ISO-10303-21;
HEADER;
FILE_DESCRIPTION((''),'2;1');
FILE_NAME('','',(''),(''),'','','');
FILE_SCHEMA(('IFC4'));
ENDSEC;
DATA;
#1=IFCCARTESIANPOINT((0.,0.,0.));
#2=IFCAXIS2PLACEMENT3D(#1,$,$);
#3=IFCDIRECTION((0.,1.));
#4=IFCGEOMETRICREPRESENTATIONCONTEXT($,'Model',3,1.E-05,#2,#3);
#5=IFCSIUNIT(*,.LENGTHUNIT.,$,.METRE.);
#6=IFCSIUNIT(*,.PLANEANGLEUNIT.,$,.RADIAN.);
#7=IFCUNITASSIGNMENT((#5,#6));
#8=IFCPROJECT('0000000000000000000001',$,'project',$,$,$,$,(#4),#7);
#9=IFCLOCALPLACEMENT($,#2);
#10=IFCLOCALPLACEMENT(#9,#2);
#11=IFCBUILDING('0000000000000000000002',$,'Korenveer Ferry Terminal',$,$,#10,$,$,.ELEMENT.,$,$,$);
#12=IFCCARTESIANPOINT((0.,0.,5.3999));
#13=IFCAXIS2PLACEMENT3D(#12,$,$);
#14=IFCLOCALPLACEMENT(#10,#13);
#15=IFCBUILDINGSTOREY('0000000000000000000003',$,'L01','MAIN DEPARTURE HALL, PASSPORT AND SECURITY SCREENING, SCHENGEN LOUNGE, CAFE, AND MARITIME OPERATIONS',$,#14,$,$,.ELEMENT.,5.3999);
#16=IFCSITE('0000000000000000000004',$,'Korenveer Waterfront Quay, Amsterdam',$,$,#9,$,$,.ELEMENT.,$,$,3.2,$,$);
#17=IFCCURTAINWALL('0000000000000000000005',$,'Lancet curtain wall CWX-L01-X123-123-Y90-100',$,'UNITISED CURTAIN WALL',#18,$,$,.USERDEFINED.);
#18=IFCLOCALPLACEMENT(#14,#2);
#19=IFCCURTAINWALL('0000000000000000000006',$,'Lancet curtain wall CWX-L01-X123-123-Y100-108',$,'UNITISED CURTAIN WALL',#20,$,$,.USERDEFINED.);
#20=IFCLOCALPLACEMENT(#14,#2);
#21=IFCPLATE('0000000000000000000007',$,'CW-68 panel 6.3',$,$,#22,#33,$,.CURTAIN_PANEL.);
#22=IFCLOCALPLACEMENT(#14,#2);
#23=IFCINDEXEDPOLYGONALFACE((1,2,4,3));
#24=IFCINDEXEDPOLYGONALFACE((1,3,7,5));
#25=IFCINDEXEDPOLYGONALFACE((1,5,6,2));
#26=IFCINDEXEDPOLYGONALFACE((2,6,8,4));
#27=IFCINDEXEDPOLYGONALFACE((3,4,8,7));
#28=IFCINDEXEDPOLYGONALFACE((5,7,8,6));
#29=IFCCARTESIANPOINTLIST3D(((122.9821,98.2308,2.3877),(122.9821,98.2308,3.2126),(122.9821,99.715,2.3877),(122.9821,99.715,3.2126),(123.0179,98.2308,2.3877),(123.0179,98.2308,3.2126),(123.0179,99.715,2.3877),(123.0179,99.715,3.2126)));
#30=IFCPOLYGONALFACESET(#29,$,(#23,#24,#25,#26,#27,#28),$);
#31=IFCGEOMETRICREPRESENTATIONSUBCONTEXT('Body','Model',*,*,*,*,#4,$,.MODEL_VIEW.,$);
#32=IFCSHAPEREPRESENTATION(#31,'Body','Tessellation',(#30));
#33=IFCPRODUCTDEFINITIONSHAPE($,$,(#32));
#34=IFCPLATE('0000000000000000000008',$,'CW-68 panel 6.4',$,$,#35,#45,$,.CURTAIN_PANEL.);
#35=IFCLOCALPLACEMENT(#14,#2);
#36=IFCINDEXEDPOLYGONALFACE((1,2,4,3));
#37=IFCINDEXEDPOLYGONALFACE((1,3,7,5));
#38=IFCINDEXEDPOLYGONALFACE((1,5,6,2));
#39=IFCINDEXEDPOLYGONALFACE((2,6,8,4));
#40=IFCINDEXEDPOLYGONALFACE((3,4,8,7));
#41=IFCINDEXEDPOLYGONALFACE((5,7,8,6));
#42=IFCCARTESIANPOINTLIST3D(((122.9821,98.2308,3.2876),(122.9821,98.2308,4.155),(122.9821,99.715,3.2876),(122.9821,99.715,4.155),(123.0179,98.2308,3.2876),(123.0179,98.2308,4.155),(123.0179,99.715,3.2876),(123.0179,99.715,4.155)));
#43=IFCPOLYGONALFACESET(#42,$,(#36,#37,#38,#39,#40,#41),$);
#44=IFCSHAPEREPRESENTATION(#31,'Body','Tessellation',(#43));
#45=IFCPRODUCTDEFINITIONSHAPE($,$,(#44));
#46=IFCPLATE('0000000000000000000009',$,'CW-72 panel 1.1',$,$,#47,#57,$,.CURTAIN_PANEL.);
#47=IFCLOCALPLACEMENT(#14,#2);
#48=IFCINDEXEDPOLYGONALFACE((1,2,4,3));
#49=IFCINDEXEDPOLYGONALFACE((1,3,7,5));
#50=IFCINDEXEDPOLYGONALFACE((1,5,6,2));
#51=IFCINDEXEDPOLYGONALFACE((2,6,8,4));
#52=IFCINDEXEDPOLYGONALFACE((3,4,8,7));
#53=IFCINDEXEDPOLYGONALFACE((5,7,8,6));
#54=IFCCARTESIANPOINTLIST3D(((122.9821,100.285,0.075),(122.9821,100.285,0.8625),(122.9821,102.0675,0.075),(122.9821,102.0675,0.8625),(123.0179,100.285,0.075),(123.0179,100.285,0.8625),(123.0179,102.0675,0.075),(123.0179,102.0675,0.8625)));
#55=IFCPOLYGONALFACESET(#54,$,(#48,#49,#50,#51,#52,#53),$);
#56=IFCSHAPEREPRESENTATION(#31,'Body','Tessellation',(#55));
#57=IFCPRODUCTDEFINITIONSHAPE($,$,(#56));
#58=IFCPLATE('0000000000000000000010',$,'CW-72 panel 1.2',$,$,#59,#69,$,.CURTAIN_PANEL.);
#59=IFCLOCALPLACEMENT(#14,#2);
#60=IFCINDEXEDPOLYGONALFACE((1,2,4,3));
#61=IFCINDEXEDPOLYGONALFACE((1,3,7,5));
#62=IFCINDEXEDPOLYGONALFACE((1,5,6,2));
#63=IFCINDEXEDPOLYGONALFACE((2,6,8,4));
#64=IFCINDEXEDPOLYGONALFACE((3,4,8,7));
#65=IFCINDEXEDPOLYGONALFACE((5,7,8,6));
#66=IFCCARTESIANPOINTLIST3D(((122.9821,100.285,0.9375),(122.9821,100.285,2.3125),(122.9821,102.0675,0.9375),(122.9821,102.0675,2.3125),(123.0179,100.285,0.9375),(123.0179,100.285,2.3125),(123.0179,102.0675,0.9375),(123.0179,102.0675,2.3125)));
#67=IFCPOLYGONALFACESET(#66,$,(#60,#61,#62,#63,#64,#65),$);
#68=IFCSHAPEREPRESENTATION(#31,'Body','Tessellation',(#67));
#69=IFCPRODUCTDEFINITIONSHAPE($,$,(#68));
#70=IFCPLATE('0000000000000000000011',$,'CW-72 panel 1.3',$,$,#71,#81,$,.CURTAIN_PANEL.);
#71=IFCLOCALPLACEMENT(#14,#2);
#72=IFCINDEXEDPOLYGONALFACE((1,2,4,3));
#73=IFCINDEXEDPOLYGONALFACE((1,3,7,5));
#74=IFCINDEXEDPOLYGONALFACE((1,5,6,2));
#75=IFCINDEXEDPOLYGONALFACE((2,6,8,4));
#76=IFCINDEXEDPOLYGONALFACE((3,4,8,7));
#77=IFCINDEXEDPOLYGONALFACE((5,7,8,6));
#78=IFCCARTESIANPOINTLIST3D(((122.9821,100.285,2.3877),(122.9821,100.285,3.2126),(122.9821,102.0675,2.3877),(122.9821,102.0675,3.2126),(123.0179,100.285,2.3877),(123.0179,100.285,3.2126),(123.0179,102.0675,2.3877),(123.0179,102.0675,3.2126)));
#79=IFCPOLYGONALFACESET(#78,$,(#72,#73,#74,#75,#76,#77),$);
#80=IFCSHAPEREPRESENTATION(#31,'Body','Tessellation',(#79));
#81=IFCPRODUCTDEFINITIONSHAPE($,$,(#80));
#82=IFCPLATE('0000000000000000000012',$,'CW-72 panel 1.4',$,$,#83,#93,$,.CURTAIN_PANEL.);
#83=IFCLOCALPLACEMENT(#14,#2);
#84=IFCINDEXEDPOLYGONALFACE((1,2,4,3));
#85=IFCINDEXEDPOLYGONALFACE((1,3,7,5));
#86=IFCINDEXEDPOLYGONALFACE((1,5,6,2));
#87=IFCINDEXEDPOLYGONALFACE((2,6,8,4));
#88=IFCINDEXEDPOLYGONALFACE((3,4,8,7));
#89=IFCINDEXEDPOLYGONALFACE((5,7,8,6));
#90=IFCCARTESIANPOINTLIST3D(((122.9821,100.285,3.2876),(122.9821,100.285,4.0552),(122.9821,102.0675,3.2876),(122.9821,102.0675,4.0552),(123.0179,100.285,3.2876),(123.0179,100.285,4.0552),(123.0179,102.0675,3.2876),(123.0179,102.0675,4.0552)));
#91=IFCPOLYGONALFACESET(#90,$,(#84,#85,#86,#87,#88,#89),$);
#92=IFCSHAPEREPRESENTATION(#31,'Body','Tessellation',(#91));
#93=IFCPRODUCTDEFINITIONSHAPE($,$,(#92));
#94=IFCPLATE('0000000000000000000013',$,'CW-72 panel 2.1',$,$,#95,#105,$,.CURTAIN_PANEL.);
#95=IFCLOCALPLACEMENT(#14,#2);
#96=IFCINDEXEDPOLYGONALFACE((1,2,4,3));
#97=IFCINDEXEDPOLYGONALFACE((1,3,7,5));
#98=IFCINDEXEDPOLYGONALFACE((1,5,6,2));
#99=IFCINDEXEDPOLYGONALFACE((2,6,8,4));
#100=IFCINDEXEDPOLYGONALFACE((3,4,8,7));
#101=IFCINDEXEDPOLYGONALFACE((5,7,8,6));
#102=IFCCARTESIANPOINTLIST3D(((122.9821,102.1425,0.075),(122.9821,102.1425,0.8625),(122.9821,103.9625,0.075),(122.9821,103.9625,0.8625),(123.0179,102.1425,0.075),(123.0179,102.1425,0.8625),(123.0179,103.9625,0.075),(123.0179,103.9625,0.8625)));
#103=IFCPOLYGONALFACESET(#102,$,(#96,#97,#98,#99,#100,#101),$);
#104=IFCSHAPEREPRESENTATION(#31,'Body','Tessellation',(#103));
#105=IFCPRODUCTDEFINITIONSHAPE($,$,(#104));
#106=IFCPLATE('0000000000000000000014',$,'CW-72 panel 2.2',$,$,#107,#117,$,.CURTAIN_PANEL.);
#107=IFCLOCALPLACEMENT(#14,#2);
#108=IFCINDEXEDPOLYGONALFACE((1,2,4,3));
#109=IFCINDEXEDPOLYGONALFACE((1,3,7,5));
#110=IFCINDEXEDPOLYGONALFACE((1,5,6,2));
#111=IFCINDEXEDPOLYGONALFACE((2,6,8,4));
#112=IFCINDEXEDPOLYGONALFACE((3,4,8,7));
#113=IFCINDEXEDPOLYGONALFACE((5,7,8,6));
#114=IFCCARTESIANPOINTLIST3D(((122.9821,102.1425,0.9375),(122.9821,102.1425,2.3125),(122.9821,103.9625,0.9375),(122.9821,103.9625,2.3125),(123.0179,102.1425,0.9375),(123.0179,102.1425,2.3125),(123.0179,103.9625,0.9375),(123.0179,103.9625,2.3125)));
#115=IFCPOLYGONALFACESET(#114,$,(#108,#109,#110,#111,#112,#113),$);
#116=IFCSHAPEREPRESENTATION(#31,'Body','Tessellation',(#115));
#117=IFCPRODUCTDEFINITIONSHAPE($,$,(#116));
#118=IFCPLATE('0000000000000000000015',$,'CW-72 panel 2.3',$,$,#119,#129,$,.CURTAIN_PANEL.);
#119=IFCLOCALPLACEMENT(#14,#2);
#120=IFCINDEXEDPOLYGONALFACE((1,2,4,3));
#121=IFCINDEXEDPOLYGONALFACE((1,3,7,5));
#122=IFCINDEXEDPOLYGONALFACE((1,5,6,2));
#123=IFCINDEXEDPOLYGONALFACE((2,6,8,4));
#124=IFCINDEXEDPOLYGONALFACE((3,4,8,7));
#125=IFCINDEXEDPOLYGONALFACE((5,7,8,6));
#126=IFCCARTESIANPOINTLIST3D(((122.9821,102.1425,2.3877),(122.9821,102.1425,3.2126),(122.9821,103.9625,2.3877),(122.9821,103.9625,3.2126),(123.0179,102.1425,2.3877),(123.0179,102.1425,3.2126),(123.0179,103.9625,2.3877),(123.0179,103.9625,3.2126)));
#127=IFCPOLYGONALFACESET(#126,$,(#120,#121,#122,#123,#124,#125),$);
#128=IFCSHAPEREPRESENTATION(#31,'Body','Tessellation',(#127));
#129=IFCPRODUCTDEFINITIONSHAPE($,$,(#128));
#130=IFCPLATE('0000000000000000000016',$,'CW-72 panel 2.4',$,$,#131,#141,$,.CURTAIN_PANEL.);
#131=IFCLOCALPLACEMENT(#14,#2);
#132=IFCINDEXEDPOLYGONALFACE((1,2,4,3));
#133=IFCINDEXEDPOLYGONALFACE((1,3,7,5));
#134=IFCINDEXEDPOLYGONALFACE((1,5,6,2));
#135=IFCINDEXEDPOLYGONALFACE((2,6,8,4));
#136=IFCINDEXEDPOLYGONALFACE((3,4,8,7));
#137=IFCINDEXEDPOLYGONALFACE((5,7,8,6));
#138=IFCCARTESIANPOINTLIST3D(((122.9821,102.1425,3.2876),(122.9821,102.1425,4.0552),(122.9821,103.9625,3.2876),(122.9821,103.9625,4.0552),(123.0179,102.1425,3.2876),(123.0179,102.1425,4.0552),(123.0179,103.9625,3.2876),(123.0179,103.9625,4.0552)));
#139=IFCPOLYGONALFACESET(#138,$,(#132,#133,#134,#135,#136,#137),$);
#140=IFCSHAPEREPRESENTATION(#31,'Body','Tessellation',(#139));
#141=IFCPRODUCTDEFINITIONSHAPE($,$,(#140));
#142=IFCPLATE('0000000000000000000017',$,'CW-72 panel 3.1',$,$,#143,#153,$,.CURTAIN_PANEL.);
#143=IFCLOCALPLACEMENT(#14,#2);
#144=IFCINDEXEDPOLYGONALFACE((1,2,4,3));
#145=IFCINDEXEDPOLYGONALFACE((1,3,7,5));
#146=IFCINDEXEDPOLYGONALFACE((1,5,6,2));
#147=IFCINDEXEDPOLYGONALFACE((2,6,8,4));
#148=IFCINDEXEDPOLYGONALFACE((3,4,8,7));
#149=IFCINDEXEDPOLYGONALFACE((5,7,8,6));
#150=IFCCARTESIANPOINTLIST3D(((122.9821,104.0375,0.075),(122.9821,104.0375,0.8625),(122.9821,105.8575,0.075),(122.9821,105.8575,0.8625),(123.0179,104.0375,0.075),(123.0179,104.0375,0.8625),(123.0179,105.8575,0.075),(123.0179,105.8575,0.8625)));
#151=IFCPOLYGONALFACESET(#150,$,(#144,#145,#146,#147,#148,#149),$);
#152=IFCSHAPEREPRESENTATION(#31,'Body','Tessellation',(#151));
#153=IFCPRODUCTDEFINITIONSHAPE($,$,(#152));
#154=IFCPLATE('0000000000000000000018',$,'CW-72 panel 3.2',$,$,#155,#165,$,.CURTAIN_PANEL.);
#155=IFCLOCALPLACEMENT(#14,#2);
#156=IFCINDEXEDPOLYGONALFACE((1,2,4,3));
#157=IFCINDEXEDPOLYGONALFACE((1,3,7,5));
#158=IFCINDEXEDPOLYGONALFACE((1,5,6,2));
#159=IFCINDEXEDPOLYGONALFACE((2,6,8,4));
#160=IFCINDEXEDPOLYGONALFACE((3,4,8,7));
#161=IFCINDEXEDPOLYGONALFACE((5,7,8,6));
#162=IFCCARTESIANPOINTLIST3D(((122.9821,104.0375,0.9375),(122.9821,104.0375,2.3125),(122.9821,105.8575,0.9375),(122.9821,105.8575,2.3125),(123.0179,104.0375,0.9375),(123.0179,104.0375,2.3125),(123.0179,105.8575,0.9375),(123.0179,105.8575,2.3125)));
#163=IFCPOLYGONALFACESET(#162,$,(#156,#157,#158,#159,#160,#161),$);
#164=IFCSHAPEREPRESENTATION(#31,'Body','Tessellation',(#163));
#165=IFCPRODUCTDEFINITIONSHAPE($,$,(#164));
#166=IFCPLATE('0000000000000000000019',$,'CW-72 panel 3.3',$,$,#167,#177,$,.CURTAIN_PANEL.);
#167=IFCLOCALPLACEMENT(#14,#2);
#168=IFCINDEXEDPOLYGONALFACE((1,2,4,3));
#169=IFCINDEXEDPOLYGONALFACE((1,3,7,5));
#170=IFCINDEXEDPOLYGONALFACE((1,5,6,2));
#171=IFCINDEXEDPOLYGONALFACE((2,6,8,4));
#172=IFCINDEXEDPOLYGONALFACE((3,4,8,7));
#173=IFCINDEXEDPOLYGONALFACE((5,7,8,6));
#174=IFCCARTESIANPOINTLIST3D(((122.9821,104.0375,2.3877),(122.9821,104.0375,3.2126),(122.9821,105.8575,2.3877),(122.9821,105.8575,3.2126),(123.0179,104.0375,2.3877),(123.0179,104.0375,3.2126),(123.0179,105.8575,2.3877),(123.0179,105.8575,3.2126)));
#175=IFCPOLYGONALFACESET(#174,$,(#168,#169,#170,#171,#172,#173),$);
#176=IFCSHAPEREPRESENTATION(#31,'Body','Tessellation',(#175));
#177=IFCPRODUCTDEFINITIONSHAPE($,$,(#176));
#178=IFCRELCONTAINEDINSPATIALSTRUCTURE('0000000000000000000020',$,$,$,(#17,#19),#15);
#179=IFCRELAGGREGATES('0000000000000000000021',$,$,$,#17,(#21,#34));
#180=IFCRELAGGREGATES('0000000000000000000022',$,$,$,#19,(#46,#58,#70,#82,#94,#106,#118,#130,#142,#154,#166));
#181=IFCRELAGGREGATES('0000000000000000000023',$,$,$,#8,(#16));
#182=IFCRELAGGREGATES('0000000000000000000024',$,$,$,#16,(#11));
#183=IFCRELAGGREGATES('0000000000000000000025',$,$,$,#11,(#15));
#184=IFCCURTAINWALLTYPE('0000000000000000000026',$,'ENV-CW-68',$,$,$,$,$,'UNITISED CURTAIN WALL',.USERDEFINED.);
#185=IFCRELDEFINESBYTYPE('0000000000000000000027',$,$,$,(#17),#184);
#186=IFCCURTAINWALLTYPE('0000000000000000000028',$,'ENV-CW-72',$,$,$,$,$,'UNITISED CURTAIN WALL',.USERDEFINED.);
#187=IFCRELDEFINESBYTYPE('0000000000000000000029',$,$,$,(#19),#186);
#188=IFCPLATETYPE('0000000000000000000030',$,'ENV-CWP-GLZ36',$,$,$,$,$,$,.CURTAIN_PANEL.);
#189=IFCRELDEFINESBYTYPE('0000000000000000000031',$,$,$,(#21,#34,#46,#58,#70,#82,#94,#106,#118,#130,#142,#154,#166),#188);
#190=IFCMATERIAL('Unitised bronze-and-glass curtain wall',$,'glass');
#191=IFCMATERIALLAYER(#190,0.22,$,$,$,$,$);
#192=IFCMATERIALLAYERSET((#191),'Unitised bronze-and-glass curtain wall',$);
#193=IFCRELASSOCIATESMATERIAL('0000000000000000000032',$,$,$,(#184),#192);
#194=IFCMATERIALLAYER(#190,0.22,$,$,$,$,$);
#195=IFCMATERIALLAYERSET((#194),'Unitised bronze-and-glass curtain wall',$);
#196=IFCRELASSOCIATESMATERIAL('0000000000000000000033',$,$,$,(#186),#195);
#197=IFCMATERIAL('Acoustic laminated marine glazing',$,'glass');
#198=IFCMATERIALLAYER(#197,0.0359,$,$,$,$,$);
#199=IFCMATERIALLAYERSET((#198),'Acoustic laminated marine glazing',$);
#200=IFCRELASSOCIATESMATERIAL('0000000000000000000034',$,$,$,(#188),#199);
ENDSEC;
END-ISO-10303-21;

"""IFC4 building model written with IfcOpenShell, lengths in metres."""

from ifc_helpers import new_model, si_unit, direction, frame, origin, origin_2d, place, context, subcontext, project, spatial, rectangle, extrude, material, layer, layer_set, type_object, element, aggregate, save


model = new_model("IFC4")

# Units and contexts
model_context = context("Model", 3, precision=1e-05, world=origin(), true_north=direction((0.0, 1.0)))
body_context = subcontext(model_context, "Body", "Model", "MODEL_VIEW")
ifc_project = project(units=[si_unit("LENGTHUNIT", "METRE"), si_unit("PLANEANGLEUNIT", "RADIAN")], contexts=[model_context])

# Site, building, storey
site_placement = place(None, origin())
site = spatial("IfcSite", under=ifc_project, at=site_placement, Name="Korenveer Waterfront Quay, Amsterdam", CompositionType="ELEMENT", RefElevation=3.2)
building_placement = place(site_placement, origin())
building = spatial("IfcBuilding", under=site, at=building_placement, Name="Korenveer Ferry Terminal", CompositionType="ELEMENT")
storey_placement = place(building_placement, frame((0.0, 0.0, 5.3999)))
storey = spatial("IfcBuildingStorey", under=building, at=storey_placement, Name="L01", Description="MAIN DEPARTURE HALL, PASSPORT AND SECURITY SCREENING, SCHENGEN LOUNGE, CAFE, AND MARITIME OPERATIONS", CompositionType="ELEMENT", Elevation=5.3999)

# Curtain wall
ifc_material_1 = material(Name="Unitised bronze-and-glass curtain wall", Category="glass")
ifc_layer_1 = layer(ifc_material_1, 0.22)
ifc_layer_set_1 = layer_set([ifc_layer_1], Name="Unitised bronze-and-glass curtain wall")
curtain_wall_type_1 = type_object("IfcCurtainWallType", Name="ENV-CW-68", ElementType="UNITISED CURTAIN WALL", PredefinedType="USERDEFINED", material=ifc_layer_set_1)
curtain_wall_1_placement = place(storey_placement, frame((123.0, 90.21, 0.0)))
curtain_wall_1 = element("IfcCurtainWall", 1, at=curtain_wall_1_placement, inside=storey, type_object=curtain_wall_type_1, Name="Lancet curtain wall CWX-L01-X123-123-Y90-100", ObjectType="UNITISED CURTAIN WALL", PredefinedType="USERDEFINED")

# Curtain wall
ifc_layer_2 = layer(ifc_material_1, 0.22)
ifc_layer_set_2 = layer_set([ifc_layer_2], Name="Unitised bronze-and-glass curtain wall")
curtain_wall_type_2 = type_object("IfcCurtainWallType", Name="ENV-CW-72", ElementType="UNITISED CURTAIN WALL", PredefinedType="USERDEFINED", material=ifc_layer_set_2)
curtain_wall_2_placement = place(storey_placement, frame((123.0, 100.21, 0.0)))
curtain_wall_2 = element("IfcCurtainWall", 2, at=curtain_wall_2_placement, inside=storey, type_object=curtain_wall_type_2, Name="Lancet curtain wall CWX-L01-X123-123-Y100-108", ObjectType="UNITISED CURTAIN WALL", PredefinedType="USERDEFINED")

# Plates
ifc_material_2 = material(Name="Acoustic laminated marine glazing", Category="glass")
ifc_layer_3 = layer(ifc_material_2, 0.0359)
ifc_layer_set_3 = layer_set([ifc_layer_3], Name="Acoustic laminated marine glazing")
plate_type = type_object("IfcPlateType", Name="ENV-CWP-GLZ36", PredefinedType="CURTAIN_PANEL", material=ifc_layer_set_3)
plate_1_placement = place(storey_placement, frame((123.0, 98.9729, 2.3877), z_axis=(0.0, 0.0, 1.0), x_axis=(0.0, 1.0, 0.0)))
plate_1 = element("IfcPlate", 3, at=plate_1_placement, type_object=plate_type, Name="CW-68 panel 6.3", PredefinedType="CURTAIN_PANEL", context=body_context, shape_type="SweptSolid", body=[
    extrude(rectangle(XDim=1.4841, YDim=0.0359, at=origin_2d()), origin(), (0.0, 0.0, 1.0), 0.825),
])
plate_2_placement = place(storey_placement, frame((123.0, 98.9729, 3.2876), z_axis=(0.0, 0.0, 1.0), x_axis=(0.0, 1.0, 0.0)))
plate_2 = element("IfcPlate", 4, at=plate_2_placement, type_object=plate_type, Name="CW-68 panel 6.4", PredefinedType="CURTAIN_PANEL", context=body_context, shape_type="SweptSolid", body=[
    extrude(rectangle(XDim=1.4841, YDim=0.0359, at=origin_2d()), origin(), (0.0, 0.0, 1.0), 0.8674),
])
aggregate(curtain_wall_1, [plate_1, plate_2])
plate_3_placement = place(storey_placement, frame((123.0, 101.1763, 0.075), z_axis=(0.0, 0.0, 1.0), x_axis=(0.0, 1.0, 0.0)))
plate_3 = element("IfcPlate", 5, at=plate_3_placement, type_object=plate_type, Name="CW-72 panel 1.1", PredefinedType="CURTAIN_PANEL", context=body_context, shape_type="SweptSolid", body=[
    extrude(rectangle(XDim=1.7825, YDim=0.0359, at=origin_2d()), origin(), (0.0, 0.0, 1.0), 0.7876),
])
plate_4_placement = place(storey_placement, frame((123.0, 101.1763, 0.9375), z_axis=(0.0, 0.0, 1.0), x_axis=(0.0, 1.0, 0.0)))
plate_4 = element("IfcPlate", 6, at=plate_4_placement, type_object=plate_type, Name="CW-72 panel 1.2", PredefinedType="CURTAIN_PANEL", context=body_context, shape_type="SweptSolid", body=[
    extrude(rectangle(XDim=1.7825, YDim=0.0359, at=origin_2d()), origin(), (0.0, 0.0, 1.0), 1.375),
])
plate_5_placement = place(storey_placement, frame((123.0, 101.1763, 2.3877), z_axis=(0.0, 0.0, 1.0), x_axis=(0.0, 1.0, 0.0)))
plate_5 = element("IfcPlate", 7, at=plate_5_placement, type_object=plate_type, Name="CW-72 panel 1.3", PredefinedType="CURTAIN_PANEL", context=body_context, shape_type="SweptSolid", body=[
    extrude(rectangle(XDim=1.7825, YDim=0.0359, at=origin_2d()), origin(), (0.0, 0.0, 1.0), 0.825),
])
plate_6_placement = place(storey_placement, frame((123.0, 101.1763, 3.2876), z_axis=(0.0, 0.0, 1.0), x_axis=(0.0, 1.0, 0.0)))
plate_6 = element("IfcPlate", 8, at=plate_6_placement, type_object=plate_type, Name="CW-72 panel 1.4", PredefinedType="CURTAIN_PANEL", context=body_context, shape_type="SweptSolid", body=[
    extrude(rectangle(XDim=1.7825, YDim=0.0359, at=origin_2d()), origin(), (0.0, 0.0, 1.0), 0.7676),
])
plate_7_placement = place(storey_placement, frame((123.0, 103.0525, 0.075), z_axis=(0.0, 0.0, 1.0), x_axis=(0.0, 1.0, 0.0)))
plate_7 = element("IfcPlate", 9, at=plate_7_placement, type_object=plate_type, Name="CW-72 panel 2.1", PredefinedType="CURTAIN_PANEL", context=body_context, shape_type="SweptSolid", body=[
    extrude(rectangle(XDim=1.8201, YDim=0.0359, at=origin_2d()), origin(), (0.0, 0.0, 1.0), 0.7876),
])
plate_8_placement = place(storey_placement, frame((123.0, 103.0525, 0.9375), z_axis=(0.0, 0.0, 1.0), x_axis=(0.0, 1.0, 0.0)))
plate_8 = element("IfcPlate", 10, at=plate_8_placement, type_object=plate_type, Name="CW-72 panel 2.2", PredefinedType="CURTAIN_PANEL", context=body_context, shape_type="SweptSolid", body=[
    extrude(rectangle(XDim=1.8201, YDim=0.0359, at=origin_2d()), origin(), (0.0, 0.0, 1.0), 1.375),
])
plate_9_placement = place(storey_placement, frame((123.0, 103.0525, 2.3877), z_axis=(0.0, 0.0, 1.0), x_axis=(0.0, 1.0, 0.0)))
plate_9 = element("IfcPlate", 11, at=plate_9_placement, type_object=plate_type, Name="CW-72 panel 2.3", PredefinedType="CURTAIN_PANEL", context=body_context, shape_type="SweptSolid", body=[
    extrude(rectangle(XDim=1.8201, YDim=0.0359, at=origin_2d()), origin(), (0.0, 0.0, 1.0), 0.825),
])
plate_10_placement = place(storey_placement, frame((123.0, 103.0525, 3.2876), z_axis=(0.0, 0.0, 1.0), x_axis=(0.0, 1.0, 0.0)))
plate_10 = element("IfcPlate", 12, at=plate_10_placement, type_object=plate_type, Name="CW-72 panel 2.4", PredefinedType="CURTAIN_PANEL", context=body_context, shape_type="SweptSolid", body=[
    extrude(rectangle(XDim=1.8201, YDim=0.0359, at=origin_2d()), origin(), (0.0, 0.0, 1.0), 0.7676),
])
plate_11_placement = place(storey_placement, frame((123.0, 104.9475, 0.075), z_axis=(0.0, 0.0, 1.0), x_axis=(0.0, 1.0, 0.0)))
plate_11 = element("IfcPlate", 13, at=plate_11_placement, type_object=plate_type, Name="CW-72 panel 3.1", PredefinedType="CURTAIN_PANEL", context=body_context, shape_type="SweptSolid", body=[
    extrude(rectangle(XDim=1.8201, YDim=0.0359, at=origin_2d()), origin(), (0.0, 0.0, 1.0), 0.7876),
])
plate_12_placement = place(storey_placement, frame((123.0, 104.9475, 0.9375), z_axis=(0.0, 0.0, 1.0), x_axis=(0.0, 1.0, 0.0)))
plate_12 = element("IfcPlate", 14, at=plate_12_placement, type_object=plate_type, Name="CW-72 panel 3.2", PredefinedType="CURTAIN_PANEL", context=body_context, shape_type="SweptSolid", body=[
    extrude(rectangle(XDim=1.8201, YDim=0.0359, at=origin_2d()), origin(), (0.0, 0.0, 1.0), 1.375),
])
plate_13_placement = place(storey_placement, frame((123.0, 104.9475, 2.3877), z_axis=(0.0, 0.0, 1.0), x_axis=(0.0, 1.0, 0.0)))
plate_13 = element("IfcPlate", 15, at=plate_13_placement, type_object=plate_type, Name="CW-72 panel 3.3", PredefinedType="CURTAIN_PANEL", context=body_context, shape_type="SweptSolid", body=[
    extrude(rectangle(XDim=1.8201, YDim=0.0359, at=origin_2d()), origin(), (0.0, 0.0, 1.0), 0.825),
])
aggregate(curtain_wall_2, [plate_3, plate_4, plate_5, plate_6, plate_7, plate_8, plate_9, plate_10, plate_11, plate_12, plate_13])

save(model, "model.ifc")
